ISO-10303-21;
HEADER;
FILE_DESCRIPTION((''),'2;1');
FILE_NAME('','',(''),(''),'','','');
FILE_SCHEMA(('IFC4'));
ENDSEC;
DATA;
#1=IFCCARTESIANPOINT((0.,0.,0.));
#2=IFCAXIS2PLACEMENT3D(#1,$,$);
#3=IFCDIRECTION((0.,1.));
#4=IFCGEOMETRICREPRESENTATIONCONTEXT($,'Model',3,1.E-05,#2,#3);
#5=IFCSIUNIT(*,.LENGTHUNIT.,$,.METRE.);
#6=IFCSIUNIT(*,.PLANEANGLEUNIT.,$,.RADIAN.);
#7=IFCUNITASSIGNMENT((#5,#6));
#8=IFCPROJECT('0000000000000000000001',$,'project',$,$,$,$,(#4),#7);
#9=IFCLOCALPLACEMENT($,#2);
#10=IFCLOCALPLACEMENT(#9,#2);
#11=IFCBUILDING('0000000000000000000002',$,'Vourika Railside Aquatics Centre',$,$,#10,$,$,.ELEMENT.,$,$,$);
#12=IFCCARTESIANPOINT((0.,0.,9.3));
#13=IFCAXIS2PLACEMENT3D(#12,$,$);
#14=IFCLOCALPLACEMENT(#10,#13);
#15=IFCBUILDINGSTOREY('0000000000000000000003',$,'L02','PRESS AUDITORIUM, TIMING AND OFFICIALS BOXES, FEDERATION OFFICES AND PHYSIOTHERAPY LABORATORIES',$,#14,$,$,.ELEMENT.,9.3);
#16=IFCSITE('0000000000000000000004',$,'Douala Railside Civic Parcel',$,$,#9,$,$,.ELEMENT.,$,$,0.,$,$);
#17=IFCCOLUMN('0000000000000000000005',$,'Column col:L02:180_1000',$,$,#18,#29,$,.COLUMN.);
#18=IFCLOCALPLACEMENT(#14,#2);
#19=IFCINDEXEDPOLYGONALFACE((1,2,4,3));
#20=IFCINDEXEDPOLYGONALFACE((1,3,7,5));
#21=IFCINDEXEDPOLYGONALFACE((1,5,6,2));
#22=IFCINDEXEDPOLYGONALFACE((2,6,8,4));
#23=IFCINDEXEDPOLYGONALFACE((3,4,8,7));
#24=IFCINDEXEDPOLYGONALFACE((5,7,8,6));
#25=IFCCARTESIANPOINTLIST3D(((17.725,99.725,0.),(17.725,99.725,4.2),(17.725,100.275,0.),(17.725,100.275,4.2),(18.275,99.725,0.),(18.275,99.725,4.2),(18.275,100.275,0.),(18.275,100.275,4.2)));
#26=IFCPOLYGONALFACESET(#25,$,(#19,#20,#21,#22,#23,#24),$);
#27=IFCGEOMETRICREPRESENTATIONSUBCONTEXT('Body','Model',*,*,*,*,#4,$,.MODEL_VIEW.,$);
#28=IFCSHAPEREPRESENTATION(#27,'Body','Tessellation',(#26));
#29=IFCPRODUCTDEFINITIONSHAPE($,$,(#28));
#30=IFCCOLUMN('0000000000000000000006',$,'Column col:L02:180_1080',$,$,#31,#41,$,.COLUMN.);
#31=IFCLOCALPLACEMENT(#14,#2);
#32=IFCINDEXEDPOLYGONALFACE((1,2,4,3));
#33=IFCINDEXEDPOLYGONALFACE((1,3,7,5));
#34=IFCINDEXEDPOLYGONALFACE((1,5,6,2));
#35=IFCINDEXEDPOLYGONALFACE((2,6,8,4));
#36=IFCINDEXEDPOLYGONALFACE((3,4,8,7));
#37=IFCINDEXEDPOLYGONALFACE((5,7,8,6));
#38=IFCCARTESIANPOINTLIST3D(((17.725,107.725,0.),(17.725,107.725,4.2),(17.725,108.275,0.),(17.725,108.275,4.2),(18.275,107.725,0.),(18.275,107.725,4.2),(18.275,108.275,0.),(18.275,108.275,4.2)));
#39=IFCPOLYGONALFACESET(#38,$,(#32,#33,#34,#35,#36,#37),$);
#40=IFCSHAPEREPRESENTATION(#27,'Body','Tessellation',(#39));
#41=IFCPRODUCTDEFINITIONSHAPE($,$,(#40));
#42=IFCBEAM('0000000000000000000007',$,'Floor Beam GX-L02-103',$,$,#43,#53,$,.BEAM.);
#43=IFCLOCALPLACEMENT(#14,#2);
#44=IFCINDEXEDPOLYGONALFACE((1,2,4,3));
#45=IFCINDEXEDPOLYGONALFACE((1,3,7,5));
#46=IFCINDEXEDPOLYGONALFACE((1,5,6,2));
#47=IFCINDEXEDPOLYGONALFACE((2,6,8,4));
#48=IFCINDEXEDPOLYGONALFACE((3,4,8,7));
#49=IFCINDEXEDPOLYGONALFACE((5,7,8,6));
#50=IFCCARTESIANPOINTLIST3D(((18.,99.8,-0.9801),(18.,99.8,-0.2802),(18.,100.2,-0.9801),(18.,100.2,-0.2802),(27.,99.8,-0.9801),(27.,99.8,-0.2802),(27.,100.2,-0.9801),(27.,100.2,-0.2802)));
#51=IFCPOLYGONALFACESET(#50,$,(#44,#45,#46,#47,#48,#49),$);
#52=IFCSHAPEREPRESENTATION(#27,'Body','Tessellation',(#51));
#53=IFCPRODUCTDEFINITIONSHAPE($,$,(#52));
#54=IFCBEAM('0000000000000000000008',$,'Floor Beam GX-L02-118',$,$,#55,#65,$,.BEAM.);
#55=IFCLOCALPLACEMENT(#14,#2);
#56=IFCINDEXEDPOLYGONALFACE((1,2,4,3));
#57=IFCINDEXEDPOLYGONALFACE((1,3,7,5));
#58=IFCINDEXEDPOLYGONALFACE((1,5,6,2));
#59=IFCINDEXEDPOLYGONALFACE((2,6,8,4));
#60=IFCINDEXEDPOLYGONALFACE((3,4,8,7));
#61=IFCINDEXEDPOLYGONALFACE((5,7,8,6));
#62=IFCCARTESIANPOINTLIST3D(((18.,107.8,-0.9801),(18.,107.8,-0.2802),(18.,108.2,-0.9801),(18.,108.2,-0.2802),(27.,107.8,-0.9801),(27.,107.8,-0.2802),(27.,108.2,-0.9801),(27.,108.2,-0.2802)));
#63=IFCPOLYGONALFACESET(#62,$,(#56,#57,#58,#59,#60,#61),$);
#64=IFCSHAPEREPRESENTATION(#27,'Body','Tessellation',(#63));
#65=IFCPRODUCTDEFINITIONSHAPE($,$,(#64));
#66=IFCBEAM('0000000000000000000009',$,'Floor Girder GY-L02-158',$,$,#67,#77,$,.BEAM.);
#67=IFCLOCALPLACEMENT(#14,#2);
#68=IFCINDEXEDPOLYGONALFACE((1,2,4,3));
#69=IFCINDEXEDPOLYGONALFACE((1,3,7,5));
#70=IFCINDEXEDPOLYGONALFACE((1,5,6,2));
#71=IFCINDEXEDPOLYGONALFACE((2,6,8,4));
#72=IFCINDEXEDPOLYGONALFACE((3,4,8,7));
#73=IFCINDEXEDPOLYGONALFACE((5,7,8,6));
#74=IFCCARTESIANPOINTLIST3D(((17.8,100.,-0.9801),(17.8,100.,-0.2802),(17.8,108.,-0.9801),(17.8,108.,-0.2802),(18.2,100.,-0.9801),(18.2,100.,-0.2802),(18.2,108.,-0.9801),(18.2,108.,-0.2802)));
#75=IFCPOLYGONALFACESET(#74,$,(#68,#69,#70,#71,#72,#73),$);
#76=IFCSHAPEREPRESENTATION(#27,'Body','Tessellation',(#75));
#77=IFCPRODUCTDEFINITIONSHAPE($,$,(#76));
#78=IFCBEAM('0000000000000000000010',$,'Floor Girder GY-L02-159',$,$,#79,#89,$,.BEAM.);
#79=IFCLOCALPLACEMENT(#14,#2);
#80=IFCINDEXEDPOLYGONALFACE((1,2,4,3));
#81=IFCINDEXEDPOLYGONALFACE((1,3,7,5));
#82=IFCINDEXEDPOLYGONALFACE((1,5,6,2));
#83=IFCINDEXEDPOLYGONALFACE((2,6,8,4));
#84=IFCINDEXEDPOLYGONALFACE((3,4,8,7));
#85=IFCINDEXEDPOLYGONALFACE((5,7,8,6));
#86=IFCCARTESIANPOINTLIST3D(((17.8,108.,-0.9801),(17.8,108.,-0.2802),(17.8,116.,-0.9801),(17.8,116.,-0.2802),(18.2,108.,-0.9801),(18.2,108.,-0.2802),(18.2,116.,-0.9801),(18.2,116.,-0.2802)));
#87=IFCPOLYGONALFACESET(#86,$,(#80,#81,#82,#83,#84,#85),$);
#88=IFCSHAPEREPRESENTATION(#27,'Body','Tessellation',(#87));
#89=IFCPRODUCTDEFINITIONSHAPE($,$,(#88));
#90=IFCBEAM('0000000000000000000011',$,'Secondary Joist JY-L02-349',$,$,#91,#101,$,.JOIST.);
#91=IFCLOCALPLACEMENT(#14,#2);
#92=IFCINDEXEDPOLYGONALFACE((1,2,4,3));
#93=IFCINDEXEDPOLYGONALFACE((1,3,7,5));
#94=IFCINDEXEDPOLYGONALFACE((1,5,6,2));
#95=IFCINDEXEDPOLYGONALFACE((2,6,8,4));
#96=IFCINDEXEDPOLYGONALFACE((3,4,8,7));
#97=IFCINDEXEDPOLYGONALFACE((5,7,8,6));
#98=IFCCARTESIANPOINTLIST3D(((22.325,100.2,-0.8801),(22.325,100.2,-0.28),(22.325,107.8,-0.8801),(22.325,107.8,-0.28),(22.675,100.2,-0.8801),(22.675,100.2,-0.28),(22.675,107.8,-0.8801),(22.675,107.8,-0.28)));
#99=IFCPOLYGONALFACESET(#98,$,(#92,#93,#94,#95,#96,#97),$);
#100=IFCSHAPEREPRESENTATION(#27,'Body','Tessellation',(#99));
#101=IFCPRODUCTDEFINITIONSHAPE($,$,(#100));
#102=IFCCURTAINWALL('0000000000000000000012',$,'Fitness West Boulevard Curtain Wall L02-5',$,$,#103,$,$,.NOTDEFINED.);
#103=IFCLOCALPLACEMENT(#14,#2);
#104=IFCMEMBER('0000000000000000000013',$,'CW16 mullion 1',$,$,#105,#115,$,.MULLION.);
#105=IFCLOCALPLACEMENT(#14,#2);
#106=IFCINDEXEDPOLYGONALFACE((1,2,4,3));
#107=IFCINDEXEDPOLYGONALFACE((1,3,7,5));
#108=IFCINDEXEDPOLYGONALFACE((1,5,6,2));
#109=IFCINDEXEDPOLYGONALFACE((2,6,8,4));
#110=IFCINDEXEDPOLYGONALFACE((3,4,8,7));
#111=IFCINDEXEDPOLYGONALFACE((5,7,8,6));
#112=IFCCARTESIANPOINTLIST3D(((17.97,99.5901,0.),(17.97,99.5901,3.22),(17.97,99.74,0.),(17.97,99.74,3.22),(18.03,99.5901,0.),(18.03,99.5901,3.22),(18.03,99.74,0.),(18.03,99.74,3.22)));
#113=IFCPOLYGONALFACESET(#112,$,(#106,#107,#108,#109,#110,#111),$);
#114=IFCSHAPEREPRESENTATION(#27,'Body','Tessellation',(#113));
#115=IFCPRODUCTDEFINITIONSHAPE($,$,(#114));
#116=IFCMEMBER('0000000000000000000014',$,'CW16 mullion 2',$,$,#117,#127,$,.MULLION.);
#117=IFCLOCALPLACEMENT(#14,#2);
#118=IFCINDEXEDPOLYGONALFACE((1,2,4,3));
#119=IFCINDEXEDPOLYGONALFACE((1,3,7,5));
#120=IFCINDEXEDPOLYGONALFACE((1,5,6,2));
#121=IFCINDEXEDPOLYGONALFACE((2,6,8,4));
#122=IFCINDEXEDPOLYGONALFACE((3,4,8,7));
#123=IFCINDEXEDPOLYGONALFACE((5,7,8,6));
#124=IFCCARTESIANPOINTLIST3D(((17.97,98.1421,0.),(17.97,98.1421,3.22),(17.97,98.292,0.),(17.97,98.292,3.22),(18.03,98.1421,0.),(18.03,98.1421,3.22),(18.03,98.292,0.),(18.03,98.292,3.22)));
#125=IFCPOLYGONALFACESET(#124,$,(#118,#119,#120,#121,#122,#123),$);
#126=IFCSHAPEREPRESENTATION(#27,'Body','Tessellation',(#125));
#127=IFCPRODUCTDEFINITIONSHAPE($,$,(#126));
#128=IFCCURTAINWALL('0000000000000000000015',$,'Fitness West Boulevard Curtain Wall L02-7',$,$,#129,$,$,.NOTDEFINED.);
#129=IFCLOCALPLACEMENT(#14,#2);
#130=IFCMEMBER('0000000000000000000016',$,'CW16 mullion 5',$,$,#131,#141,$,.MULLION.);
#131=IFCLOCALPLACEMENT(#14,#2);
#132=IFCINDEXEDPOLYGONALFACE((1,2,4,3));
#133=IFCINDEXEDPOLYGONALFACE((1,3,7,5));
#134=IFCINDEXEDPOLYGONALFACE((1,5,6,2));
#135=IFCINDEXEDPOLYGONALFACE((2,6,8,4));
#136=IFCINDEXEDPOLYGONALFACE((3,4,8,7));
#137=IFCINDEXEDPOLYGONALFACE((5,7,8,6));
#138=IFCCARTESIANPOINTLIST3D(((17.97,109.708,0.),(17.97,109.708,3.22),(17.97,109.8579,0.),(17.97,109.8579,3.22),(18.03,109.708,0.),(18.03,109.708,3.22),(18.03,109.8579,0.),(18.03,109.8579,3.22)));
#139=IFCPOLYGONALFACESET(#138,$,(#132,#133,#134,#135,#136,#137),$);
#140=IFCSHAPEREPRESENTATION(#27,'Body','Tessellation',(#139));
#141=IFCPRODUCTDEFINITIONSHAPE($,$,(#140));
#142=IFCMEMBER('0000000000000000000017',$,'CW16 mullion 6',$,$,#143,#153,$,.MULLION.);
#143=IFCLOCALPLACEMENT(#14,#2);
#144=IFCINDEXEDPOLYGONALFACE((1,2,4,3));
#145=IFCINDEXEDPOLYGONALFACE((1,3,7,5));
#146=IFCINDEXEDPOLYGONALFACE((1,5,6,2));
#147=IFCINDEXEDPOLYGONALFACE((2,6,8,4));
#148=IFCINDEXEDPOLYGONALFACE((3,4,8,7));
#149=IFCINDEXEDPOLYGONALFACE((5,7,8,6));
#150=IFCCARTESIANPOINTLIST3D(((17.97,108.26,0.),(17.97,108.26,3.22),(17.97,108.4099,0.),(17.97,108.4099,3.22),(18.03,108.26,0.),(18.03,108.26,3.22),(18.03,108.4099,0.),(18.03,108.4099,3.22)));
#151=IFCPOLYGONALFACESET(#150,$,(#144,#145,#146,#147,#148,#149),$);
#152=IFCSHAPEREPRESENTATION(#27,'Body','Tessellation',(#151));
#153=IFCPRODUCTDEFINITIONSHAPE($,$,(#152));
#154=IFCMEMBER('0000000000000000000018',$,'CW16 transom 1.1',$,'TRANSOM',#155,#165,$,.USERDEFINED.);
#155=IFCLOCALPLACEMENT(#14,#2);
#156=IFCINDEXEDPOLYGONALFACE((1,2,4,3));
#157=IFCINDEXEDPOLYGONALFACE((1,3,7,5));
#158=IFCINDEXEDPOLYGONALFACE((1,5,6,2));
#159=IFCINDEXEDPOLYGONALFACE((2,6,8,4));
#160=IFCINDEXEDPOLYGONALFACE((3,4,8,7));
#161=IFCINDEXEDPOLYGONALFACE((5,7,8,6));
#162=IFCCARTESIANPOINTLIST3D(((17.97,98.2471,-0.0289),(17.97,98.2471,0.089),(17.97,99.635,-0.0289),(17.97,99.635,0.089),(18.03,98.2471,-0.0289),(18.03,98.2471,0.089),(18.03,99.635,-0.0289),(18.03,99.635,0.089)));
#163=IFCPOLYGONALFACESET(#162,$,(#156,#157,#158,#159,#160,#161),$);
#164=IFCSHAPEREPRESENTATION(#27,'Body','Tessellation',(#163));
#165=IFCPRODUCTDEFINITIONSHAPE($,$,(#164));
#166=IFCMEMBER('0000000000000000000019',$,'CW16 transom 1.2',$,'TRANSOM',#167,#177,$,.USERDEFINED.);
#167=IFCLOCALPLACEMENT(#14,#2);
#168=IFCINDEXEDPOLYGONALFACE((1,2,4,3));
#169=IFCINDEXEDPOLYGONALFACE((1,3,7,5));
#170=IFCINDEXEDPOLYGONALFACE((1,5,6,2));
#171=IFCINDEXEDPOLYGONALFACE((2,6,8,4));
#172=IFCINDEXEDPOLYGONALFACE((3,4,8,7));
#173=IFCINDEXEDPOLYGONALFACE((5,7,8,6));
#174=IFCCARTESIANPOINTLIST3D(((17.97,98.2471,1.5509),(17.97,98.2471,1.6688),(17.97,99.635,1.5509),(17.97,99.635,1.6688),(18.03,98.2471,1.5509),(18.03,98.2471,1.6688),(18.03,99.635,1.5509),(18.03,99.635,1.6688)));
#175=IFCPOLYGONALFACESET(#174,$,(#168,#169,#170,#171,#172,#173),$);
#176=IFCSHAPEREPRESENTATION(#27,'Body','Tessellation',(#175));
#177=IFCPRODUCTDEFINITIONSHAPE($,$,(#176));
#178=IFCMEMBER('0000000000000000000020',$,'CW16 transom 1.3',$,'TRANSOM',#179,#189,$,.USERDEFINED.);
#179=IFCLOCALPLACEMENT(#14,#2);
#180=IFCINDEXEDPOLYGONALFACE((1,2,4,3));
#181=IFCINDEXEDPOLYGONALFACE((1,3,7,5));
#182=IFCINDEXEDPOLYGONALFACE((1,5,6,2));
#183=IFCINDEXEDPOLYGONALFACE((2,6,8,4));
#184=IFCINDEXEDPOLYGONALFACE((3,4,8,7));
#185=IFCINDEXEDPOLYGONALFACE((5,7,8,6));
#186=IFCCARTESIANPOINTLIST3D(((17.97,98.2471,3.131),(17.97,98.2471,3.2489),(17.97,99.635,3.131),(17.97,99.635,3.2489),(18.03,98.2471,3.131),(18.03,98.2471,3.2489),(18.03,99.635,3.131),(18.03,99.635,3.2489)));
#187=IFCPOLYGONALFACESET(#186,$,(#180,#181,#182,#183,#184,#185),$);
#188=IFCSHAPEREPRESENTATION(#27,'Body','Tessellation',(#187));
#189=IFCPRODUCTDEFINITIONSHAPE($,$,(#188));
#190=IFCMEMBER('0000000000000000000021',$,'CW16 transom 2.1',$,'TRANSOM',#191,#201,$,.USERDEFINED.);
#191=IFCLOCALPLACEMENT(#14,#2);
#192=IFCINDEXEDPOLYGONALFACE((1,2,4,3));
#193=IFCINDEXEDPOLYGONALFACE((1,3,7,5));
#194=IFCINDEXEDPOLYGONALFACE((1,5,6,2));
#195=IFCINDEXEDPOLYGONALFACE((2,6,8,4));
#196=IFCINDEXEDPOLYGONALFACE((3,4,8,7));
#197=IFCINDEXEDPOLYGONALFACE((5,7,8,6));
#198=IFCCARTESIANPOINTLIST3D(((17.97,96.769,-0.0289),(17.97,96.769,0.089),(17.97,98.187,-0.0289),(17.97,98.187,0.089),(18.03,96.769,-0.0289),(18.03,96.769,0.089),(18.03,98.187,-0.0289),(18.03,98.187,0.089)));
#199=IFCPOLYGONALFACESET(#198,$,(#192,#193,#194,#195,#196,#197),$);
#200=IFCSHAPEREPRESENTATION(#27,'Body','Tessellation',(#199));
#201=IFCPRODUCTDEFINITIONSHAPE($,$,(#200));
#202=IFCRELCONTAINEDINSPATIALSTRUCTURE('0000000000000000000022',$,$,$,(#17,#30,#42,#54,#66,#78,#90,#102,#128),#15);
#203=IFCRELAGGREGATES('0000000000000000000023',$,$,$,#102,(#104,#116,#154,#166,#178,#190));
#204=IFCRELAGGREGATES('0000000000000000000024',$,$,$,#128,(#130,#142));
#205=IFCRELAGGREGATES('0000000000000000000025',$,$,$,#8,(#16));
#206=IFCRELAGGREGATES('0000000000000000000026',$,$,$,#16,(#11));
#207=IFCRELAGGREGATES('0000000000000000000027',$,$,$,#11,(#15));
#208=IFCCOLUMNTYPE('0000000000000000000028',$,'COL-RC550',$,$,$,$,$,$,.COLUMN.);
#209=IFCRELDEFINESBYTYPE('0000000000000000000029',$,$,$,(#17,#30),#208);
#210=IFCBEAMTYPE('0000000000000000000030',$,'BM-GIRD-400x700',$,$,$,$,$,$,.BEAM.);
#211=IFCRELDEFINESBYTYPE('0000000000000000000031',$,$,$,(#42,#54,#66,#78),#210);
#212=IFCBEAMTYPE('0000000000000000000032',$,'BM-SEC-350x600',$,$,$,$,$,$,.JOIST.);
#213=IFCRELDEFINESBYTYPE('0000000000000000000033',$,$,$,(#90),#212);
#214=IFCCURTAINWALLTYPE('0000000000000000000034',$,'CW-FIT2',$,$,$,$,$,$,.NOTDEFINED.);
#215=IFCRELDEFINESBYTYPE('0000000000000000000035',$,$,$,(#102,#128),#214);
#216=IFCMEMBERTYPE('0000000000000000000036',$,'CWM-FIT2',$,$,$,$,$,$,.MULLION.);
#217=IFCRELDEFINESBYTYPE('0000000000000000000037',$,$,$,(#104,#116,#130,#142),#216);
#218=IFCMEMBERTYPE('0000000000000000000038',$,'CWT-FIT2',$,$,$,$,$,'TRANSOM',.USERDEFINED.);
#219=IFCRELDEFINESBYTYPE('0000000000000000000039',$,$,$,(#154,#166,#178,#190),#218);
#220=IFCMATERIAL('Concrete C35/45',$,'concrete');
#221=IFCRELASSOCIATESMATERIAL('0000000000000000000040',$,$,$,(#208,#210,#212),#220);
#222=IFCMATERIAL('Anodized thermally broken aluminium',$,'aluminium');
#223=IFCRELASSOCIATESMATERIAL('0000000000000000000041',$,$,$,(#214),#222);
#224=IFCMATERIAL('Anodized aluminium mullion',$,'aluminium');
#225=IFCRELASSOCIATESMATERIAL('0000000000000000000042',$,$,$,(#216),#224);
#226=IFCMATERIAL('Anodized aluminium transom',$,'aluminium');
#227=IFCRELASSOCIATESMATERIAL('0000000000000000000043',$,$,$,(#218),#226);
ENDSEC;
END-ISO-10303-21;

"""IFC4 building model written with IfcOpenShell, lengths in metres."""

from ifc_helpers import new_model, si_unit, direction, frame, origin, origin_2d, place, context, subcontext, project, spatial, rectangle, extrude, material, material_profile, profile_set, type_object, element, aggregate, save


model = new_model("IFC4")

# Units and contexts
model_context = context("Model", 3, precision=1e-05, world=origin(), true_north=direction((0.0, 1.0)))
body_context = subcontext(model_context, "Body", "Model", "MODEL_VIEW")
ifc_project = project(units=[si_unit("LENGTHUNIT", "METRE"), si_unit("PLANEANGLEUNIT", "RADIAN")], contexts=[model_context])

# Site, building, storey
site_placement = place(None, origin())
site = spatial("IfcSite", under=ifc_project, at=site_placement, Name="Douala Railside Civic Parcel", CompositionType="ELEMENT", RefElevation=0.0)
building_placement = place(site_placement, origin())
building = spatial("IfcBuilding", under=site, at=building_placement, Name="Vourika Railside Aquatics Centre", CompositionType="ELEMENT")
storey_placement = place(building_placement, frame((0.0, 0.0, 9.3)))
storey = spatial("IfcBuildingStorey", under=building, at=storey_placement, Name="L02", Description="PRESS AUDITORIUM, TIMING AND OFFICIALS BOXES, FEDERATION OFFICES AND PHYSIOTHERAPY LABORATORIES", CompositionType="ELEMENT", Elevation=9.3)

# Columns
ifc_material_1 = material(Name="Concrete C35/45", Category="concrete")
ifc_material_profile_1 = material_profile(ifc_material_1, rectangle(XDim=0.55, YDim=0.55, at=origin_2d()), Name="RC 550x550")
ifc_profile_set_1 = profile_set([ifc_material_profile_1], Name="Concrete C35/45")
column_type = type_object("IfcColumnType", Name="COL-RC550", PredefinedType="COLUMN", material=ifc_profile_set_1)
for number, where, z_axis, x_axis, name in (
    (1, (18.0, 100.0, 0.0), (0.0, 0.0, 1.0), (1.0, 0.0, 0.0), "Column col:L02:180_1000"),
    (2, (18.0, 108.0, 0.0), (0.0, 0.0, 1.0), (1.0, 0.0, 0.0), "Column col:L02:180_1080"),
):
    element("IfcColumn", number, at=place(storey_placement, frame(where, z_axis=z_axis, x_axis=x_axis)), inside=storey, type_object=column_type, Name=name, PredefinedType="COLUMN", context=body_context, shape_type="SweptSolid", body=[
        extrude(rectangle(XDim=0.55, YDim=0.55, at=origin_2d()), origin(), (0.0, 0.0, 1.0), 4.2),
    ])

# Beams
ifc_material_profile_2 = material_profile(ifc_material_1, rectangle(XDim=0.3999, YDim=0.7, at=origin_2d()), Name="RC 400x700")
ifc_profile_set_2 = profile_set([ifc_material_profile_2], Name="Concrete C35/45")
beam_type_1 = type_object("IfcBeamType", Name="BM-GIRD-400x700", PredefinedType="BEAM", material=ifc_profile_set_2)
for number, where, z_axis, x_axis, name in (
    (3, (18.0, 100.0, -0.6301), (1.0, 0.0, 0.0), (0.0, 1.0, 0.0), "Floor Beam GX-L02-103"),
    (4, (18.0, 108.0, -0.6301), (1.0, 0.0, 0.0), (0.0, 1.0, 0.0), "Floor Beam GX-L02-118"),
):
    element("IfcBeam", number, at=place(storey_placement, frame(where, z_axis=z_axis, x_axis=x_axis)), inside=storey, type_object=beam_type_1, Name=name, PredefinedType="BEAM", context=body_context, shape_type="SweptSolid", body=[
        extrude(rectangle(XDim=0.3999, YDim=0.7, at=origin_2d()), origin(), (0.0, 0.0, 1.0), 9.0),
    ])
for number, where, z_axis, x_axis, name in (
    (5, (18.0, 100.0, -0.6301), (0.0, 1.0, 0.0), (-1.0, 0.0, 0.0), "Floor Girder GY-L02-158"),
    (6, (18.0, 108.0, -0.6301), (0.0, 1.0, 0.0), (-1.0, 0.0, 0.0), "Floor Girder GY-L02-159"),
):
    element("IfcBeam", number, at=place(storey_placement, frame(where, z_axis=z_axis, x_axis=x_axis)), inside=storey, type_object=beam_type_1, Name=name, PredefinedType="BEAM", context=body_context, shape_type="SweptSolid", body=[
        extrude(rectangle(XDim=0.3999, YDim=0.7, at=origin_2d()), origin(), (0.0, 0.0, 1.0), 8.0),
    ])
ifc_material_profile_3 = material_profile(ifc_material_1, rectangle(XDim=0.3501, YDim=0.6001, at=origin_2d()), Name="RC 350x600")
ifc_profile_set_3 = profile_set([ifc_material_profile_3], Name="Concrete C35/45")
beam_type_2 = type_object("IfcBeamType", Name="BM-SEC-350x600", PredefinedType="JOIST", material=ifc_profile_set_3)
beam_placement = place(storey_placement, frame((22.5, 100.2, -0.5801), z_axis=(0.0, 1.0, 0.0), x_axis=(-1.0, 0.0, 0.0)))
element("IfcBeam", 7, at=beam_placement, inside=storey, type_object=beam_type_2, Name="Secondary Joist JY-L02-349", PredefinedType="JOIST", context=body_context, shape_type="SweptSolid", body=[
    extrude(rectangle(XDim=0.3501, YDim=0.6001, at=origin_2d()), origin(), (0.0, 0.0, 1.0), 7.6001),
])

# Curtain walls, members
ifc_material_2 = material(Name="Anodized thermally broken aluminium", Category="aluminium")
curtain_wall_type = type_object("IfcCurtainWallType", Name="CW-FIT2", PredefinedType="NOTDEFINED", material=ifc_material_2)
curtain_wall_1_placement = place(storey_placement, origin())
curtain_wall_1 = element("IfcCurtainWall", 8, at=curtain_wall_1_placement, inside=storey, type_object=curtain_wall_type, Name="Fitness West Boulevard Curtain Wall L02-5", PredefinedType="NOTDEFINED")
ifc_material_3 = material(Name="Anodized aluminium mullion", Category="aluminium")
ifc_material_profile_4 = material_profile(ifc_material_3, rectangle(XDim=0.0601, YDim=0.1499, at=origin_2d()), Name="ALU-M 60x150")
ifc_profile_set_4 = profile_set([ifc_material_profile_4], Name="Anodized aluminium mullion")
member_type_1 = type_object("IfcMemberType", Name="CWM-FIT2", PredefinedType="MULLION", material=ifc_profile_set_4)
member_1_placement = place(storey_placement, frame((18.0, 99.665, 0.0), z_axis=(0.0, 0.0, 1.0), x_axis=(1.0, 0.0, 0.0)))
member_1 = element("IfcMember", 9, at=member_1_placement, type_object=member_type_1, Name="CW16 mullion 1", PredefinedType="MULLION", context=body_context, shape_type="SweptSolid", body=[
    extrude(rectangle(XDim=0.0601, YDim=0.1499, at=origin_2d()), origin(), (0.0, 0.0, 1.0), 3.22),
])
member_2_placement = place(storey_placement, frame((18.0, 98.217, 0.0), z_axis=(0.0, 0.0, 1.0), x_axis=(1.0, 0.0, 0.0)))
member_2 = element("IfcMember", 10, at=member_2_placement, type_object=member_type_1, Name="CW16 mullion 2", PredefinedType="MULLION", context=body_context, shape_type="SweptSolid", body=[
    extrude(rectangle(XDim=0.0601, YDim=0.1499, at=origin_2d()), origin(), (0.0, 0.0, 1.0), 3.22),
])
curtain_wall_2_placement = place(storey_placement, origin())
curtain_wall_2 = element("IfcCurtainWall", 11, at=curtain_wall_2_placement, inside=storey, type_object=curtain_wall_type, Name="Fitness West Boulevard Curtain Wall L02-7", PredefinedType="NOTDEFINED")
member_3_placement = place(storey_placement, frame((18.0, 109.783, 0.0), z_axis=(0.0, 0.0, 1.0), x_axis=(1.0, 0.0, 0.0)))
member_3 = element("IfcMember", 12, at=member_3_placement, type_object=member_type_1, Name="CW16 mullion 5", PredefinedType="MULLION", context=body_context, shape_type="SweptSolid", body=[
    extrude(rectangle(XDim=0.0601, YDim=0.1499, at=origin_2d()), origin(), (0.0, 0.0, 1.0), 3.22),
])
member_4_placement = place(storey_placement, frame((18.0, 108.335, 0.0), z_axis=(0.0, 0.0, 1.0), x_axis=(1.0, 0.0, 0.0)))
member_4 = element("IfcMember", 13, at=member_4_placement, type_object=member_type_1, Name="CW16 mullion 6", PredefinedType="MULLION", context=body_context, shape_type="SweptSolid", body=[
    extrude(rectangle(XDim=0.0601, YDim=0.1499, at=origin_2d()), origin(), (0.0, 0.0, 1.0), 3.22),
])

# Members
ifc_material_4 = material(Name="Anodized aluminium transom", Category="aluminium")
ifc_material_profile_5 = material_profile(ifc_material_4, rectangle(XDim=0.0601, YDim=0.1179, at=origin_2d()), Name="ALU-T 60x118")
ifc_profile_set_5 = profile_set([ifc_material_profile_5], Name="Anodized aluminium transom")
member_type_2 = type_object("IfcMemberType", Name="CWT-FIT2", ElementType="TRANSOM", PredefinedType="USERDEFINED", material=ifc_profile_set_5)
member_5_placement = place(storey_placement, frame((18.0, 99.635, 0.03), z_axis=(0.0, -1.0, 0.0), x_axis=(1.0, 0.0, 0.0)))
member_5 = element("IfcMember", 14, at=member_5_placement, type_object=member_type_2, Name="CW16 transom 1.1", ObjectType="TRANSOM", PredefinedType="USERDEFINED", context=body_context, shape_type="SweptSolid", body=[
    extrude(rectangle(XDim=0.0601, YDim=0.1179, at=origin_2d()), origin(), (0.0, 0.0, 1.0), 1.3879),
])
member_6_placement = place(storey_placement, frame((18.0, 99.635, 1.6099), z_axis=(0.0, -1.0, 0.0), x_axis=(1.0, 0.0, 0.0)))
member_6 = element("IfcMember", 15, at=member_6_placement, type_object=member_type_2, Name="CW16 transom 1.2", ObjectType="TRANSOM", PredefinedType="USERDEFINED", context=body_context, shape_type="SweptSolid", body=[
    extrude(rectangle(XDim=0.0601, YDim=0.1179, at=origin_2d()), origin(), (0.0, 0.0, 1.0), 1.3879),
])
member_7_placement = place(storey_placement, frame((18.0, 99.635, 3.1899), z_axis=(0.0, -1.0, 0.0), x_axis=(1.0, 0.0, 0.0)))
member_7 = element("IfcMember", 16, at=member_7_placement, type_object=member_type_2, Name="CW16 transom 1.3", ObjectType="TRANSOM", PredefinedType="USERDEFINED", context=body_context, shape_type="SweptSolid", body=[
    extrude(rectangle(XDim=0.0601, YDim=0.1179, at=origin_2d()), origin(), (0.0, 0.0, 1.0), 1.3879),
])
member_8_placement = place(storey_placement, frame((18.0, 98.187, 0.03), z_axis=(0.0, -1.0, 0.0), x_axis=(1.0, 0.0, 0.0)))
member_8 = element("IfcMember", 17, at=member_8_placement, type_object=member_type_2, Name="CW16 transom 2.1", ObjectType="TRANSOM", PredefinedType="USERDEFINED", context=body_context, shape_type="SweptSolid", body=[
    extrude(rectangle(XDim=0.0601, YDim=0.1179, at=origin_2d()), origin(), (0.0, 0.0, 1.0), 1.418),
])

aggregate(curtain_wall_1, [member_1, member_2, member_5, member_6, member_7, member_8])
aggregate(curtain_wall_2, [member_3, member_4])

save(model, "model.ifc")
